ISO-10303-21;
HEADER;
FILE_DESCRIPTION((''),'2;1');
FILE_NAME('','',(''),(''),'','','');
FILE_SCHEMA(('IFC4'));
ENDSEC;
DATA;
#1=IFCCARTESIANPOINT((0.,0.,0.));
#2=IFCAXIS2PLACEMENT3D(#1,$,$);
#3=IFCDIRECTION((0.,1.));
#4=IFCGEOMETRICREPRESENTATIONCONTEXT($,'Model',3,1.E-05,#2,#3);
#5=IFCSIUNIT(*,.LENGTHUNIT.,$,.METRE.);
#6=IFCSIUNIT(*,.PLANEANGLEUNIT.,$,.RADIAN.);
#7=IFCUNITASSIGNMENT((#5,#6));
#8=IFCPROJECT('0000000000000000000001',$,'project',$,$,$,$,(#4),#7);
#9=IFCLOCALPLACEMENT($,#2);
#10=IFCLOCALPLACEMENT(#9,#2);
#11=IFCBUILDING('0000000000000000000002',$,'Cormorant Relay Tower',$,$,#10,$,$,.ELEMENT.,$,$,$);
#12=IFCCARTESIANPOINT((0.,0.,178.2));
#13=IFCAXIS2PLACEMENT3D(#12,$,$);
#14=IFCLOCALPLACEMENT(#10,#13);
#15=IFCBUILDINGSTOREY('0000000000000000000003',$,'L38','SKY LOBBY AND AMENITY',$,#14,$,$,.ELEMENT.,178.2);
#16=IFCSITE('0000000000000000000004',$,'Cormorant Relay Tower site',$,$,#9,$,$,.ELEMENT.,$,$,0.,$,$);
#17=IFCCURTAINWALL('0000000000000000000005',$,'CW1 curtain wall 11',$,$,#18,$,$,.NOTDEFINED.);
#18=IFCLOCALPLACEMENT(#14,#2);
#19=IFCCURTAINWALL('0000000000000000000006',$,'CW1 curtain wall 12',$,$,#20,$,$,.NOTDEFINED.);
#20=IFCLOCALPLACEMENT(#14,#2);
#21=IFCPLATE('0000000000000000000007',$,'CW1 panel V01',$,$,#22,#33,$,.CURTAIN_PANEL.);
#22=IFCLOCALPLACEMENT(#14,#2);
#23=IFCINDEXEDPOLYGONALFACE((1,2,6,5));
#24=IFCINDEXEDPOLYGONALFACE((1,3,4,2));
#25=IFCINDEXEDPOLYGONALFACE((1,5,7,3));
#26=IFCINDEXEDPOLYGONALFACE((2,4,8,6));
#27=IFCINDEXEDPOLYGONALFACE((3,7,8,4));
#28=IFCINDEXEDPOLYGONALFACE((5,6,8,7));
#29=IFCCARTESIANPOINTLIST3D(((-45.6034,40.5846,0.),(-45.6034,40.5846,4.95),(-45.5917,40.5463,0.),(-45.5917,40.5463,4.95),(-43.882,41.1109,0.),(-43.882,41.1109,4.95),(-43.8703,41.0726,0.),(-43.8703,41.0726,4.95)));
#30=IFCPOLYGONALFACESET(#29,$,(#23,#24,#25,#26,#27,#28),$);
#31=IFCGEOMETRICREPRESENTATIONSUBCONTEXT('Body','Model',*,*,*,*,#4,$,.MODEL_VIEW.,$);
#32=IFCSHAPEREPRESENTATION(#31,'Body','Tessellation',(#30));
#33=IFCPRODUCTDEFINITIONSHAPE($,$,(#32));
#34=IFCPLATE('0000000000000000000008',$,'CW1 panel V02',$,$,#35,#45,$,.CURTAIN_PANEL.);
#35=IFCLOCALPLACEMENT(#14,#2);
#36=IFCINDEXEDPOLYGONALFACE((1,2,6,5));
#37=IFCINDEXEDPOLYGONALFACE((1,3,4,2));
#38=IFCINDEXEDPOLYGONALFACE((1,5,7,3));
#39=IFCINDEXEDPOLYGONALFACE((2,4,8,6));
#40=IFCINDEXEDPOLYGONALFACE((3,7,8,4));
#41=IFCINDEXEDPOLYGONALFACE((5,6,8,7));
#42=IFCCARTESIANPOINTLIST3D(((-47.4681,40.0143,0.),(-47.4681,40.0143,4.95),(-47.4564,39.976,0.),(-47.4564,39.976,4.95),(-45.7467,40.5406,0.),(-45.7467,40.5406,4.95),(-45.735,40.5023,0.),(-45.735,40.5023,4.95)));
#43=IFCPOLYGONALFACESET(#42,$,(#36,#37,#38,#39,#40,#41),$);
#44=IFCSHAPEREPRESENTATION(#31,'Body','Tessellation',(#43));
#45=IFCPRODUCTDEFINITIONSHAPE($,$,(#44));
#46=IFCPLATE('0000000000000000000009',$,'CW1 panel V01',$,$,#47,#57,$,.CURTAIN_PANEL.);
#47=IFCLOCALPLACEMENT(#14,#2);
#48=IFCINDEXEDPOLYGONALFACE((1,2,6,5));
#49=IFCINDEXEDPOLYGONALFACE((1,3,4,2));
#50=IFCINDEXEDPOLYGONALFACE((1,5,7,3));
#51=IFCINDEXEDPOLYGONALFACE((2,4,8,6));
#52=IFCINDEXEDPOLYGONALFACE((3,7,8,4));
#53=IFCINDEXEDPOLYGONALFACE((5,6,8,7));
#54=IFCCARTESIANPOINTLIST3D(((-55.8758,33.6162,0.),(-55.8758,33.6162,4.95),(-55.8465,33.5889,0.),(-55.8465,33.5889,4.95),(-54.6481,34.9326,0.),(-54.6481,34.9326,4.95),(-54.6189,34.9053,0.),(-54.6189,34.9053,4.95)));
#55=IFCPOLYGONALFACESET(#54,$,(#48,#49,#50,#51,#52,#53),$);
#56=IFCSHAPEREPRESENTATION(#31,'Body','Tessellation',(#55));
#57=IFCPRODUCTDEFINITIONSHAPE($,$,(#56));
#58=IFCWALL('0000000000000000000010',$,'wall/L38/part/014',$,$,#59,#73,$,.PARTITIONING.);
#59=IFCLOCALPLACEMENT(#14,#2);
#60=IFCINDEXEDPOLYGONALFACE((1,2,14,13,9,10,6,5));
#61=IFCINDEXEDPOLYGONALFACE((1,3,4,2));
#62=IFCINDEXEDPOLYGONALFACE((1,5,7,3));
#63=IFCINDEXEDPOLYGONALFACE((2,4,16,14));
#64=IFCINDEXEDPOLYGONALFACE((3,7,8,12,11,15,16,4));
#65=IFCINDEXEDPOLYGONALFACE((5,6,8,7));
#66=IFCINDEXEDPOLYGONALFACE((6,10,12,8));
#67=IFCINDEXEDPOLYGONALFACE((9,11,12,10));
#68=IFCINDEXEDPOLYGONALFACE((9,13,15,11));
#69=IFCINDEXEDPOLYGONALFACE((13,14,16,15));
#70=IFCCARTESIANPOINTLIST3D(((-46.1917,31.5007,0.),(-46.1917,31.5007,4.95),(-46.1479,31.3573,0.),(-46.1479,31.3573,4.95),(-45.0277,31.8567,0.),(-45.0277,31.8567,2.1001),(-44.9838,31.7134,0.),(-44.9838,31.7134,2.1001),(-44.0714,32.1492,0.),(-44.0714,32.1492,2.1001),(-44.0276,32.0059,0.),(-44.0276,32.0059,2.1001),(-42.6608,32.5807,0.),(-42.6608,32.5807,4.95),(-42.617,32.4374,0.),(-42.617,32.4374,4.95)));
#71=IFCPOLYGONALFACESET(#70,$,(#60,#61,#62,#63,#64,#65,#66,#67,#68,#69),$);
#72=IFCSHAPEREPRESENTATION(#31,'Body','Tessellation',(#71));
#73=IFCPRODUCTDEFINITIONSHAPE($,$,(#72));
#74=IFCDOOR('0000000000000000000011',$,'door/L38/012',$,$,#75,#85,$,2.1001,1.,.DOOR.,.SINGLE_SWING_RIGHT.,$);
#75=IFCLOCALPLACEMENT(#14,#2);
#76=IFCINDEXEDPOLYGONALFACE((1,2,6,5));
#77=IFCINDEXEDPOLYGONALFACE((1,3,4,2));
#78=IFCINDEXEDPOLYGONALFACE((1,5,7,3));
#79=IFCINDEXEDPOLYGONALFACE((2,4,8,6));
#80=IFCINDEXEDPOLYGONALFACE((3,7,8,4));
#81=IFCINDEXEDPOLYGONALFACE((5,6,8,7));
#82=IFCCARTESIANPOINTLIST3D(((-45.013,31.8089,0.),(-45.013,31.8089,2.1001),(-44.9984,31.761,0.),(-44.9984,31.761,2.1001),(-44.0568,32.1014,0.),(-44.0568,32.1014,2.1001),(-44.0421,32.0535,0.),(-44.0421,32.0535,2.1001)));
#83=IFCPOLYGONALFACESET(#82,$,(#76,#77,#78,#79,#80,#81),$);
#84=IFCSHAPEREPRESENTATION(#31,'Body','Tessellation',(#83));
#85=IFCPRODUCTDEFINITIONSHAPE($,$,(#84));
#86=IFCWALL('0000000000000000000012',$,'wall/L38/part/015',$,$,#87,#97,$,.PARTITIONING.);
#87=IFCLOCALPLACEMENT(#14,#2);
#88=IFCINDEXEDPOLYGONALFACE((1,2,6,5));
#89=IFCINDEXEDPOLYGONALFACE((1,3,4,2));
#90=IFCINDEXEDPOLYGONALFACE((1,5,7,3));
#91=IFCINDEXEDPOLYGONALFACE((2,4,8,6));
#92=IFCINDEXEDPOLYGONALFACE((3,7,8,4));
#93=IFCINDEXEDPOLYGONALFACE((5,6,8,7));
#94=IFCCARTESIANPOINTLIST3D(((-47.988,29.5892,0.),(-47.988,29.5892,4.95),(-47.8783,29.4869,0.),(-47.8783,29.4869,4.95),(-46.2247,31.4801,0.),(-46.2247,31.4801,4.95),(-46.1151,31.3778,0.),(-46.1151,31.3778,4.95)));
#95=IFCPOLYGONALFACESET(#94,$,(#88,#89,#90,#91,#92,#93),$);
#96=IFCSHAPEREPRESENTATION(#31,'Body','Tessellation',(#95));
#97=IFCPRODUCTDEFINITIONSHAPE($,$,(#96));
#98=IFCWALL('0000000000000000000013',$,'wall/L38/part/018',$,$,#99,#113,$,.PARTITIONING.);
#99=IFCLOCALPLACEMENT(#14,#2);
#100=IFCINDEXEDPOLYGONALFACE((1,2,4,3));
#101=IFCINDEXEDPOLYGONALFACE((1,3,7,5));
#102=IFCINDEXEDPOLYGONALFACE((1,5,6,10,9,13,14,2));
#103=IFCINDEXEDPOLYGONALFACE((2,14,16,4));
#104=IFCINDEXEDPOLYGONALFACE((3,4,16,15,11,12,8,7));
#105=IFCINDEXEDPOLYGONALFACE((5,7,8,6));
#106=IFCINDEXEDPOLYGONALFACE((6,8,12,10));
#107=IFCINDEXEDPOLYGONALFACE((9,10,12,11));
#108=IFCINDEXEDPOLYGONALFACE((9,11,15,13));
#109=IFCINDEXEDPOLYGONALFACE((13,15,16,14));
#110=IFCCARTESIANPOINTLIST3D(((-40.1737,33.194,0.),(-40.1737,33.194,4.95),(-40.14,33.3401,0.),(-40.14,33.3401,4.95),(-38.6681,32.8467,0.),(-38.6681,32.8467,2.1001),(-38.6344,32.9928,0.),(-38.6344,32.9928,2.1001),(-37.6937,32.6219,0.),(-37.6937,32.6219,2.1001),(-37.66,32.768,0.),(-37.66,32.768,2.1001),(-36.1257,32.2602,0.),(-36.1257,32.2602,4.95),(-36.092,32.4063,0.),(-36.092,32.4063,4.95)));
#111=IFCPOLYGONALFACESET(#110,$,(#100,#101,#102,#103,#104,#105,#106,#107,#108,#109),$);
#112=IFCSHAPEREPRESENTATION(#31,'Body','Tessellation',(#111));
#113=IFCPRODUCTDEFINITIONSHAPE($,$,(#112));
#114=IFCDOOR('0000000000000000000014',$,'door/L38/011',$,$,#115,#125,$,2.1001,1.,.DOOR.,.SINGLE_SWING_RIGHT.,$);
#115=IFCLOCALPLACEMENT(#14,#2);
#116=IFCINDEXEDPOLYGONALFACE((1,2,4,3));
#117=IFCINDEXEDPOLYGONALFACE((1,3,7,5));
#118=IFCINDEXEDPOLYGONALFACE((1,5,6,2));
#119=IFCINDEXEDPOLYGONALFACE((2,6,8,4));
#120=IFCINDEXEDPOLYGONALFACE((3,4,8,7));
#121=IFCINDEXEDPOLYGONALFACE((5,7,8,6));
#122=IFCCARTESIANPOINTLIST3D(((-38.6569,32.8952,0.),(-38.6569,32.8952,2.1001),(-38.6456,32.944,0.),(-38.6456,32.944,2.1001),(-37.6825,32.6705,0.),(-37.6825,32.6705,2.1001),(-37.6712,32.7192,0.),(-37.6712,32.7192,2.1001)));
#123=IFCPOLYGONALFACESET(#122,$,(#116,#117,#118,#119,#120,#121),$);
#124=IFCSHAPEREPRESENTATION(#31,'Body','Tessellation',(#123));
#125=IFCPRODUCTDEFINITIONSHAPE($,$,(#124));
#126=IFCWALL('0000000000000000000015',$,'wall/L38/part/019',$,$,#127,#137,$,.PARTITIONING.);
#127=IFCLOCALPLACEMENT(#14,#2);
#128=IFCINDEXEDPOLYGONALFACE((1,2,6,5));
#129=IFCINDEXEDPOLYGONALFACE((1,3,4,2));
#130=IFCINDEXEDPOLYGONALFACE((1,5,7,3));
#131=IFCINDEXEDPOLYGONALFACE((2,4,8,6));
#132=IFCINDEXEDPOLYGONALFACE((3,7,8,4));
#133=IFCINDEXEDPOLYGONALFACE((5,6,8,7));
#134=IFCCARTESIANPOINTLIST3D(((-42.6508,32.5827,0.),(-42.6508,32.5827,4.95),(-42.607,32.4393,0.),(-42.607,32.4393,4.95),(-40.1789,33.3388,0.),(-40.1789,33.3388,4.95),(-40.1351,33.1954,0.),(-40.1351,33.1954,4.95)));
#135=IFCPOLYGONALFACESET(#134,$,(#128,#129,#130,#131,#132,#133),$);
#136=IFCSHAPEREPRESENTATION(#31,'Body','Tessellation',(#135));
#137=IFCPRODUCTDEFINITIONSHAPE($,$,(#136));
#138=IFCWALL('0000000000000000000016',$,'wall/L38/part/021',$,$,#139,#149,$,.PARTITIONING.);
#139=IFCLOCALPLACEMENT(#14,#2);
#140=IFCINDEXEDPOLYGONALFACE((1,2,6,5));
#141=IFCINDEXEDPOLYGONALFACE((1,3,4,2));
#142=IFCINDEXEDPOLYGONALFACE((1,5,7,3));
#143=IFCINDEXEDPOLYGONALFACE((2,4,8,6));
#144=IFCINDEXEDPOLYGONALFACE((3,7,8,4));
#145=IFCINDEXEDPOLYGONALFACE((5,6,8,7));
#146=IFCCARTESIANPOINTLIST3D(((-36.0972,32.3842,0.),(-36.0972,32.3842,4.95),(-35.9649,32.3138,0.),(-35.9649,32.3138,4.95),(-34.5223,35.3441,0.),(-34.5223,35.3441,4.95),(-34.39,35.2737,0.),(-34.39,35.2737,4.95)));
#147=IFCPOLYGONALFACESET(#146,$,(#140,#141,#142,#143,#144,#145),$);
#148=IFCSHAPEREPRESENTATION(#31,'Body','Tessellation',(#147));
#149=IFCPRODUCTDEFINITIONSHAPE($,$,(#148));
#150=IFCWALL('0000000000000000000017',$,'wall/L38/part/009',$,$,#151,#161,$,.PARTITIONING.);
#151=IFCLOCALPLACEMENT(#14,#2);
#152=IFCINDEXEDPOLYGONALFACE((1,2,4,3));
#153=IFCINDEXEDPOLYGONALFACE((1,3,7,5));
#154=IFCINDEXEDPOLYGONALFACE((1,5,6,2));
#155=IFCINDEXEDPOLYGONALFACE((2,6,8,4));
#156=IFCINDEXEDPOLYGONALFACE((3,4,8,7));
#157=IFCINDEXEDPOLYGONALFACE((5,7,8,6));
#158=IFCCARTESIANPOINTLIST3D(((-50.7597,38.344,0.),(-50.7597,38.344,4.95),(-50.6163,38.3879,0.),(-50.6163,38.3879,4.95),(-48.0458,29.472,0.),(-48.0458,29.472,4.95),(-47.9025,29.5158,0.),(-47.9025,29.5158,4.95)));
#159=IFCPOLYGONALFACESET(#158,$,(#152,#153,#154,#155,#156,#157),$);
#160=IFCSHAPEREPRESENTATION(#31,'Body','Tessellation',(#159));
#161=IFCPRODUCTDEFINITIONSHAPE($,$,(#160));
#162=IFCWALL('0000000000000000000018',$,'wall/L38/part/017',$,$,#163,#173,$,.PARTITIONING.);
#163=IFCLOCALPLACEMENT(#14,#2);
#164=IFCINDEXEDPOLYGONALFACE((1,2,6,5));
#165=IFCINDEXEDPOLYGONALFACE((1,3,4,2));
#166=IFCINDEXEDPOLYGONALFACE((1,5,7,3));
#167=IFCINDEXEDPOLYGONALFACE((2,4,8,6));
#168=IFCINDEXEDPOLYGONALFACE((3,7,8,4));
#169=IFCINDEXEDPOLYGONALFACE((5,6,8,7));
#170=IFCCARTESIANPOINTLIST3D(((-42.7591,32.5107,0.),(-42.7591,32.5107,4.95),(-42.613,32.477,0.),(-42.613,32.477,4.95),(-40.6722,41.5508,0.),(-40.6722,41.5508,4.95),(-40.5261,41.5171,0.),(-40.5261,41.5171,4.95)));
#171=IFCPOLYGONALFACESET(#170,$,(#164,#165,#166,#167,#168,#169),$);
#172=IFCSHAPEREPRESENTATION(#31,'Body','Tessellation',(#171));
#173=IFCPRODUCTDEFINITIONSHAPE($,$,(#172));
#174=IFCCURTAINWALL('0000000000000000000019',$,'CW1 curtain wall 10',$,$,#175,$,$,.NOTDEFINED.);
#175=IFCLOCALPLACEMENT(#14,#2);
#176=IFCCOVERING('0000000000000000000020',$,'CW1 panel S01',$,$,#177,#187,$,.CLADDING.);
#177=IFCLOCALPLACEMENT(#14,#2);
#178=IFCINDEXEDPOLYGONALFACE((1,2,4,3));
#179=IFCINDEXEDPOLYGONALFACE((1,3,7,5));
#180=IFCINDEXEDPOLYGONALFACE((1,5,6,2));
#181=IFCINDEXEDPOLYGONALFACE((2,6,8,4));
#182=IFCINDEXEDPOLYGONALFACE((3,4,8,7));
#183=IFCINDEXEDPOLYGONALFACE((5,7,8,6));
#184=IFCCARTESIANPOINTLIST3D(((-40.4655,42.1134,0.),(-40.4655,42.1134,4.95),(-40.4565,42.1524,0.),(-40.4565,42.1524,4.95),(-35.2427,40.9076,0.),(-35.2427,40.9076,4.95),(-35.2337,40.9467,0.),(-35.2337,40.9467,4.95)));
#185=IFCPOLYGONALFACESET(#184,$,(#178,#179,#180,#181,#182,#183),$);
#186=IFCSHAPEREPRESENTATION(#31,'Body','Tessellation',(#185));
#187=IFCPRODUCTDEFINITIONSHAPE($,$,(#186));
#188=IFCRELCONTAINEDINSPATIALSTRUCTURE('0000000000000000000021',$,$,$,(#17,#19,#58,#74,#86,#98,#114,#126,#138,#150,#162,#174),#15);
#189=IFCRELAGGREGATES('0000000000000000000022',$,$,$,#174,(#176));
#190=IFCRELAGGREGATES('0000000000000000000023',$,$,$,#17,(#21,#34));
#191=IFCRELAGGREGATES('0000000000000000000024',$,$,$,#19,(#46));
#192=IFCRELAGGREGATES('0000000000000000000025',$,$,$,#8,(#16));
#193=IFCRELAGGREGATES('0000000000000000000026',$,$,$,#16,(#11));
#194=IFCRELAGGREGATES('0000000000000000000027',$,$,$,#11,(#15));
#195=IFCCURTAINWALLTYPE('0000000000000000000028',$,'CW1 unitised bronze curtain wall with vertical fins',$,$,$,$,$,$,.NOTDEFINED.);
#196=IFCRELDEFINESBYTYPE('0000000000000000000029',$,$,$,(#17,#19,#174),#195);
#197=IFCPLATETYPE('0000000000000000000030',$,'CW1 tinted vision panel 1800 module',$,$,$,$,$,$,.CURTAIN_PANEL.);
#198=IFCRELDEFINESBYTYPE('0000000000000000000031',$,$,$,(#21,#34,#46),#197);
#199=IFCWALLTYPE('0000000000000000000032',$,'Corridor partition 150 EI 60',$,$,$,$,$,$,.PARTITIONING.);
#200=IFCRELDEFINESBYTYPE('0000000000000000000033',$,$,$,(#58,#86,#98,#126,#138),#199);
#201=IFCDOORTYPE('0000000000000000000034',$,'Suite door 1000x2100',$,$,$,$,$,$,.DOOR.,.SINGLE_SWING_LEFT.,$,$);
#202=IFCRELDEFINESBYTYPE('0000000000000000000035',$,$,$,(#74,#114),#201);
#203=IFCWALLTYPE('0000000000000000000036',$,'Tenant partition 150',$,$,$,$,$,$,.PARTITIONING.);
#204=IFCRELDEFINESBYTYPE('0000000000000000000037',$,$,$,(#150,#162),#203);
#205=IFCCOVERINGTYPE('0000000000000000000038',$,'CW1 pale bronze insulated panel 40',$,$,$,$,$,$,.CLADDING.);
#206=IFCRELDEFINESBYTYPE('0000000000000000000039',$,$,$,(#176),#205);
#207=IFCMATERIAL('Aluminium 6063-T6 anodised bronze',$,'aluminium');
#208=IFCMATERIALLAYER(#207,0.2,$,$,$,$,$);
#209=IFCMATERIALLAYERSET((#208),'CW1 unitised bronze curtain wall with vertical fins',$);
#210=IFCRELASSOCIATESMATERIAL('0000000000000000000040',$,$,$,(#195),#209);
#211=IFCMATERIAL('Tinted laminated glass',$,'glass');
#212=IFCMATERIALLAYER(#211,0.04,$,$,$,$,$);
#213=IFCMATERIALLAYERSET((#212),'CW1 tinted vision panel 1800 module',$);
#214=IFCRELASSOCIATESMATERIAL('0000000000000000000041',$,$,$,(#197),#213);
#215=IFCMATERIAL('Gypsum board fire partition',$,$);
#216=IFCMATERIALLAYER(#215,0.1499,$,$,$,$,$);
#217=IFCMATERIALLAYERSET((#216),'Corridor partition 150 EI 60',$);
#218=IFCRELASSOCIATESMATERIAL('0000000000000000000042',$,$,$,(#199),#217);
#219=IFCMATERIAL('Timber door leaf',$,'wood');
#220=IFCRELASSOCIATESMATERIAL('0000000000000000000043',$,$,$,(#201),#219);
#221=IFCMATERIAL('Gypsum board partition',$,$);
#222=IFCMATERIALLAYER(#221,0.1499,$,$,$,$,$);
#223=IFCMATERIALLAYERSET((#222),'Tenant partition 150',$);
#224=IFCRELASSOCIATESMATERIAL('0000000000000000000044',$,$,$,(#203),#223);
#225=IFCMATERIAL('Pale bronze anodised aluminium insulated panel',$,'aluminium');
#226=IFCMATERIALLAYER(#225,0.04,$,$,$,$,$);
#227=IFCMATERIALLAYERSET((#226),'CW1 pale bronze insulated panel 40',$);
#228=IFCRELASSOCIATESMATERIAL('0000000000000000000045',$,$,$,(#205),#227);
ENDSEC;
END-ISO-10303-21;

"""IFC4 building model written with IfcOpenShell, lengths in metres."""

from ifc_helpers import new_model, si_unit, direction, frame, frame_2d, origin, origin_2d, place, context, subcontext, project, spatial, rectangle, extrude, material, layer, layer_set, type_object, element, fill, aggregate, save


model = new_model("IFC4")

# Units and contexts
model_context = context("Model", 3, precision=1e-05, world=origin(), true_north=direction((0.0, 1.0)))
body_context = subcontext(model_context, "Body", "Model", "MODEL_VIEW")
ifc_project = project(units=[si_unit("LENGTHUNIT", "METRE"), si_unit("PLANEANGLEUNIT", "RADIAN")], contexts=[model_context])

# Site, building, storey
site_placement = place(None, origin())
site = spatial("IfcSite", under=ifc_project, at=site_placement, Name="Cormorant Relay Tower site", CompositionType="ELEMENT", RefElevation=0.0)
building_placement = place(site_placement, origin())
building = spatial("IfcBuilding", under=site, at=building_placement, Name="Cormorant Relay Tower", CompositionType="ELEMENT")
storey_placement = place(building_placement, frame((0.0, 0.0, 178.2)))
storey = spatial("IfcBuildingStorey", under=building, at=storey_placement, Name="L38", Description="SKY LOBBY AND AMENITY", CompositionType="ELEMENT", Elevation=178.2)

# Curtain walls
ifc_material_1 = material(Name="Aluminium 6063-T6 anodised bronze", Category="aluminium")
ifc_layer_1 = layer(ifc_material_1, 0.2)
ifc_layer_set_1 = layer_set([ifc_layer_1], Name="CW1 unitised bronze curtain wall with vertical fins")
curtain_wall_type = type_object("IfcCurtainWallType", Name="CW1 unitised bronze curtain wall with vertical fins", PredefinedType="NOTDEFINED", material=ifc_layer_set_1)
curtain_wall_1_placement = place(storey_placement, origin())
curtain_wall_1 = element("IfcCurtainWall", 1, at=curtain_wall_1_placement, inside=storey, type_object=curtain_wall_type, Name="CW1 curtain wall 11", PredefinedType="NOTDEFINED")
curtain_wall_2_placement = place(storey_placement, origin())
curtain_wall_2 = element("IfcCurtainWall", 2, at=curtain_wall_2_placement, inside=storey, type_object=curtain_wall_type, Name="CW1 curtain wall 12", PredefinedType="NOTDEFINED")

# Plates
ifc_material_2 = material(Name="Tinted laminated glass", Category="glass")
ifc_layer_2 = layer(ifc_material_2, 0.04)
ifc_layer_set_2 = layer_set([ifc_layer_2], Name="CW1 tinted vision panel 1800 module")
plate_type = type_object("IfcPlateType", Name="CW1 tinted vision panel 1800 module", PredefinedType="CURTAIN_PANEL", material=ifc_layer_set_2)
plate_1_placement = place(storey_placement, frame((-44.7368, 40.8286, 0.0), z_axis=(0.0, 0.0, 1.0), x_axis=(-0.956305, -0.292372, 0.0)))
plate_1 = element("IfcPlate", 3, at=plate_1_placement, type_object=plate_type, Name="CW1 panel V01", PredefinedType="CURTAIN_PANEL", context=body_context, shape_type="SweptSolid", body=[
    extrude(rectangle(XDim=1.8, YDim=0.04, at=origin_2d()), origin(), (0.0, 0.0, 1.0), 4.95),
])
plate_2_placement = place(storey_placement, frame((-46.6016, 40.2583, 0.0), z_axis=(0.0, 0.0, 1.0), x_axis=(-0.956305, -0.292372, 0.0)))
plate_2 = element("IfcPlate", 4, at=plate_2_placement, type_object=plate_type, Name="CW1 panel V02", PredefinedType="CURTAIN_PANEL", context=body_context, shape_type="SweptSolid", body=[
    extrude(rectangle(XDim=1.8, YDim=0.04, at=origin_2d()), origin(), (0.0, 0.0, 1.0), 4.95),
])
plate_3_placement = place(storey_placement, frame((-55.2473, 34.2607, 0.0), z_axis=(0.0, 0.0, 1.0), x_axis=(-0.681998, -0.731354, 0.0)))
plate_3 = element("IfcPlate", 5, at=plate_3_placement, type_object=plate_type, Name="CW1 panel V01", PredefinedType="CURTAIN_PANEL", context=body_context, shape_type="SweptSolid", body=[
    extrude(rectangle(XDim=1.8, YDim=0.04, at=origin_2d()), origin(), (0.0, 0.0, 1.0), 4.95),
])

# Wall, opening, door
ifc_material_3 = material(Name="Gypsum board fire partition")
ifc_layer_3 = layer(ifc_material_3, 0.1499)
ifc_layer_set_3 = layer_set([ifc_layer_3], Name="Corridor partition 150 EI 60")
wall_type_1 = type_object("IfcWallType", Name="Corridor partition 150 EI 60", PredefinedType="PARTITIONING", material=ifc_layer_set_3)
wall_1_placement = place(storey_placement, frame((-42.6389, 32.509, 0.0), z_axis=(0.0, 0.0, 1.0), x_axis=(-0.956264, -0.292506, 0.0)))
wall_1 = element("IfcWall", 6, at=wall_1_placement, inside=storey, type_object=wall_type_1, Name="wall/L38/part/014", PredefinedType="PARTITIONING", context=body_context, shape_type="SweptSolid", body=[
    extrude(rectangle(XDim=3.6924, YDim=0.1499, at=frame_2d((1.8462, 0.0))), origin(), (0.0, 0.0, 1.0), 4.95),
])
opening_1_placement = place(wall_1_placement, frame((1.4751, 0.0, 0.0)))
opening_1 = element("IfcOpeningElement", 7, at=opening_1_placement, cuts=wall_1, PredefinedType="OPENING", context=body_context, shape_type="SweptSolid", body=[
    extrude(rectangle(XDim=1.0, YDim=2.1001, at=frame_2d((0.5, 1.05))), frame((0.0, 0.085, 0.0), z_axis=(0.0, -1.0, 0.0), x_axis=(1.0, 0.0, 0.0)), (0.0, 0.0, 1.0), 0.1699),
])
ifc_material_4 = material(Name="Timber door leaf", Category="wood")
door_type = type_object("IfcDoorType", Name="Suite door 1000x2100", OperationType="SINGLE_SWING_LEFT", PredefinedType="DOOR", material=ifc_material_4)
door_1_placement = place(opening_1_placement, frame((1.0, 0.0, 0.0), z_axis=(0.0, 0.0, 1.0), x_axis=(-1.0, 0.0, 0.0)))
door_1 = element("IfcDoor", 8, at=door_1_placement, inside=storey, type_object=door_type, Name="door/L38/012", OperationType="SINGLE_SWING_RIGHT", OverallHeight=2.1001, OverallWidth=1.0, PredefinedType="DOOR", context=body_context, shape_type="SweptSolid", body=[
    extrude(rectangle(XDim=1.0, YDim=2.1001, at=frame_2d((0.5, 1.05))), frame((0.0, 0.0249, 0.0), z_axis=(0.0, -1.0, 0.0), x_axis=(1.0, 0.0, 0.0)), (0.0, 0.0, 1.0), 0.05),
])
fill(opening_1, door_1)

# Wall
wall_2_placement = place(storey_placement, frame((-46.1699, 31.429, 0.0), z_axis=(0.0, 0.0, 1.0), x_axis=(-0.681982, -0.731369, 0.0)))
element("IfcWall", 9, at=wall_2_placement, inside=storey, type_object=wall_type_1, Name="wall/L38/part/015", PredefinedType="PARTITIONING", context=body_context, shape_type="SweptSolid", body=[
    extrude(rectangle(XDim=2.5854, YDim=0.1499, at=frame_2d((1.2927, 0.0))), origin(), (0.0, 0.0, 1.0), 4.95),
])

# Wall, opening, door
wall_3_placement = place(storey_placement, frame((-36.1089, 32.3333, 0.0), z_axis=(0.0, 0.0, 1.0), x_axis=(-0.974409, 0.224782, 0.0)))
wall_3 = element("IfcWall", 10, at=wall_3_placement, inside=storey, type_object=wall_type_1, Name="wall/L38/part/018", PredefinedType="PARTITIONING", context=body_context, shape_type="SweptSolid", body=[
    extrude(rectangle(XDim=4.1543, YDim=0.1499, at=frame_2d((2.0771, 0.0))), origin(), (0.0, 0.0, 1.0), 4.95),
])
opening_2_placement = place(wall_3_placement, frame((1.6091, 0.0, 0.0)))
opening_2 = element("IfcOpeningElement", 11, at=opening_2_placement, cuts=wall_3, PredefinedType="OPENING", context=body_context, shape_type="SweptSolid", body=[
    extrude(rectangle(XDim=1.0, YDim=2.1001, at=frame_2d((0.5, 1.05))), frame((0.0, 0.085, 0.0), z_axis=(0.0, -1.0, 0.0), x_axis=(1.0, 0.0, 0.0)), (0.0, 0.0, 1.0), 0.1699),
])
door_2_placement = place(opening_2_placement, frame((1.0, 0.0, 0.0), z_axis=(0.0, 0.0, 1.0), x_axis=(-1.0, 0.0, 0.0)))
door_2 = element("IfcDoor", 12, at=door_2_placement, inside=storey, type_object=door_type, Name="door/L38/011", OperationType="SINGLE_SWING_RIGHT", OverallHeight=2.1001, OverallWidth=1.0, PredefinedType="DOOR", context=body_context, shape_type="SweptSolid", body=[
    extrude(rectangle(XDim=1.0, YDim=2.1001, at=frame_2d((0.5, 1.05))), frame((0.0, 0.0249, 0.0), z_axis=(0.0, -1.0, 0.0), x_axis=(1.0, 0.0, 0.0)), (0.0, 0.0, 1.0), 0.05),
])
fill(opening_2, door_2)

# Walls
wall_4_placement = place(storey_placement, frame((-40.157, 33.2671, 0.0), z_axis=(0.0, 0.0, 1.0), x_axis=(-0.956266, -0.292499, 0.0)))
element("IfcWall", 13, at=wall_4_placement, inside=storey, type_object=wall_type_1, Name="wall/L38/part/019", PredefinedType="PARTITIONING", context=body_context, shape_type="SweptSolid", body=[
    extrude(rectangle(XDim=2.585, YDim=0.1499, at=frame_2d((1.2925, 0.0))), origin(), (0.0, 0.0, 1.0), 4.95),
])
wall_5_placement = place(storey_placement, frame((-36.031, 32.3491, 0.0), z_axis=(0.0, 0.0, 1.0), x_axis=(0.46973, 0.88281, 0.0)))
element("IfcWall", 14, at=wall_5_placement, inside=storey, type_object=wall_type_1, Name="wall/L38/part/021", PredefinedType="PARTITIONING", context=body_context, shape_type="SweptSolid", body=[
    extrude(rectangle(XDim=3.3528, YDim=0.1499, at=frame_2d((1.6763, 0.0))), origin(), (0.0, 0.0, 1.0), 4.95),
])
ifc_material_5 = material(Name="Gypsum board partition")
ifc_layer_4 = layer(ifc_material_5, 0.1499)
ifc_layer_set_4 = layer_set([ifc_layer_4], Name="Tenant partition 150")
wall_type_2 = type_object("IfcWallType", Name="Tenant partition 150", PredefinedType="PARTITIONING", material=ifc_layer_set_4)
for number, where, z_axis, x_axis, name in (
    (15, (-50.688, 38.366, 0.0), (0.0, 0.0, 1.0), (0.29251, -0.956262, 0.0), "wall/L38/part/009"),
    (16, (-40.5991, 41.5339, 0.0), (0.0, 0.0, 1.0), (-0.224936, -0.974373, 0.0), "wall/L38/part/017"),
):
    element("IfcWall", number, at=place(storey_placement, frame(where, z_axis=z_axis, x_axis=x_axis)), inside=storey, type_object=wall_type_2, Name=name, PredefinedType="PARTITIONING", context=body_context, shape_type="SweptSolid", body=[
        extrude(rectangle(XDim=9.2778, YDim=0.1499, at=frame_2d((4.6389, 0.0))), origin(), (0.0, 0.0, 1.0), 4.95),
    ])

# Curtain wall, covering
curtain_wall_3_placement = place(storey_placement, origin())
curtain_wall_3 = element("IfcCurtainWall", 17, at=curtain_wall_3_placement, inside=storey, type_object=curtain_wall_type, Name="CW1 curtain wall 10", PredefinedType="NOTDEFINED")
ifc_material_6 = material(Name="Pale bronze anodised aluminium insulated panel", Category="aluminium")
ifc_layer_5 = layer(ifc_material_6, 0.04)
ifc_layer_set_5 = layer_set([ifc_layer_5], Name="CW1 pale bronze insulated panel 40")
covering_type = type_object("IfcCoveringType", Name="CW1 pale bronze insulated panel 40", PredefinedType="CLADDING", material=ifc_layer_set_5)
covering_1_placement = place(storey_placement, frame((-37.8496, 41.53, 0.0), z_axis=(0.0, 0.0, 1.0), x_axis=(-0.97437, 0.224951, 0.0)))
covering_1 = element("IfcCovering", 18, at=covering_1_placement, type_object=covering_type, Name="CW1 panel S01", PredefinedType="CLADDING", context=body_context, shape_type="SweptSolid", body=[
    extrude(rectangle(XDim=5.3601, YDim=0.04, at=origin_2d()), origin(), (0.0, 0.0, 1.0), 4.95),
])
aggregate(curtain_wall_3, [covering_1])

aggregate(curtain_wall_1, [plate_1, plate_2])
aggregate(curtain_wall_2, [plate_3])

save(model, "model.ifc")
